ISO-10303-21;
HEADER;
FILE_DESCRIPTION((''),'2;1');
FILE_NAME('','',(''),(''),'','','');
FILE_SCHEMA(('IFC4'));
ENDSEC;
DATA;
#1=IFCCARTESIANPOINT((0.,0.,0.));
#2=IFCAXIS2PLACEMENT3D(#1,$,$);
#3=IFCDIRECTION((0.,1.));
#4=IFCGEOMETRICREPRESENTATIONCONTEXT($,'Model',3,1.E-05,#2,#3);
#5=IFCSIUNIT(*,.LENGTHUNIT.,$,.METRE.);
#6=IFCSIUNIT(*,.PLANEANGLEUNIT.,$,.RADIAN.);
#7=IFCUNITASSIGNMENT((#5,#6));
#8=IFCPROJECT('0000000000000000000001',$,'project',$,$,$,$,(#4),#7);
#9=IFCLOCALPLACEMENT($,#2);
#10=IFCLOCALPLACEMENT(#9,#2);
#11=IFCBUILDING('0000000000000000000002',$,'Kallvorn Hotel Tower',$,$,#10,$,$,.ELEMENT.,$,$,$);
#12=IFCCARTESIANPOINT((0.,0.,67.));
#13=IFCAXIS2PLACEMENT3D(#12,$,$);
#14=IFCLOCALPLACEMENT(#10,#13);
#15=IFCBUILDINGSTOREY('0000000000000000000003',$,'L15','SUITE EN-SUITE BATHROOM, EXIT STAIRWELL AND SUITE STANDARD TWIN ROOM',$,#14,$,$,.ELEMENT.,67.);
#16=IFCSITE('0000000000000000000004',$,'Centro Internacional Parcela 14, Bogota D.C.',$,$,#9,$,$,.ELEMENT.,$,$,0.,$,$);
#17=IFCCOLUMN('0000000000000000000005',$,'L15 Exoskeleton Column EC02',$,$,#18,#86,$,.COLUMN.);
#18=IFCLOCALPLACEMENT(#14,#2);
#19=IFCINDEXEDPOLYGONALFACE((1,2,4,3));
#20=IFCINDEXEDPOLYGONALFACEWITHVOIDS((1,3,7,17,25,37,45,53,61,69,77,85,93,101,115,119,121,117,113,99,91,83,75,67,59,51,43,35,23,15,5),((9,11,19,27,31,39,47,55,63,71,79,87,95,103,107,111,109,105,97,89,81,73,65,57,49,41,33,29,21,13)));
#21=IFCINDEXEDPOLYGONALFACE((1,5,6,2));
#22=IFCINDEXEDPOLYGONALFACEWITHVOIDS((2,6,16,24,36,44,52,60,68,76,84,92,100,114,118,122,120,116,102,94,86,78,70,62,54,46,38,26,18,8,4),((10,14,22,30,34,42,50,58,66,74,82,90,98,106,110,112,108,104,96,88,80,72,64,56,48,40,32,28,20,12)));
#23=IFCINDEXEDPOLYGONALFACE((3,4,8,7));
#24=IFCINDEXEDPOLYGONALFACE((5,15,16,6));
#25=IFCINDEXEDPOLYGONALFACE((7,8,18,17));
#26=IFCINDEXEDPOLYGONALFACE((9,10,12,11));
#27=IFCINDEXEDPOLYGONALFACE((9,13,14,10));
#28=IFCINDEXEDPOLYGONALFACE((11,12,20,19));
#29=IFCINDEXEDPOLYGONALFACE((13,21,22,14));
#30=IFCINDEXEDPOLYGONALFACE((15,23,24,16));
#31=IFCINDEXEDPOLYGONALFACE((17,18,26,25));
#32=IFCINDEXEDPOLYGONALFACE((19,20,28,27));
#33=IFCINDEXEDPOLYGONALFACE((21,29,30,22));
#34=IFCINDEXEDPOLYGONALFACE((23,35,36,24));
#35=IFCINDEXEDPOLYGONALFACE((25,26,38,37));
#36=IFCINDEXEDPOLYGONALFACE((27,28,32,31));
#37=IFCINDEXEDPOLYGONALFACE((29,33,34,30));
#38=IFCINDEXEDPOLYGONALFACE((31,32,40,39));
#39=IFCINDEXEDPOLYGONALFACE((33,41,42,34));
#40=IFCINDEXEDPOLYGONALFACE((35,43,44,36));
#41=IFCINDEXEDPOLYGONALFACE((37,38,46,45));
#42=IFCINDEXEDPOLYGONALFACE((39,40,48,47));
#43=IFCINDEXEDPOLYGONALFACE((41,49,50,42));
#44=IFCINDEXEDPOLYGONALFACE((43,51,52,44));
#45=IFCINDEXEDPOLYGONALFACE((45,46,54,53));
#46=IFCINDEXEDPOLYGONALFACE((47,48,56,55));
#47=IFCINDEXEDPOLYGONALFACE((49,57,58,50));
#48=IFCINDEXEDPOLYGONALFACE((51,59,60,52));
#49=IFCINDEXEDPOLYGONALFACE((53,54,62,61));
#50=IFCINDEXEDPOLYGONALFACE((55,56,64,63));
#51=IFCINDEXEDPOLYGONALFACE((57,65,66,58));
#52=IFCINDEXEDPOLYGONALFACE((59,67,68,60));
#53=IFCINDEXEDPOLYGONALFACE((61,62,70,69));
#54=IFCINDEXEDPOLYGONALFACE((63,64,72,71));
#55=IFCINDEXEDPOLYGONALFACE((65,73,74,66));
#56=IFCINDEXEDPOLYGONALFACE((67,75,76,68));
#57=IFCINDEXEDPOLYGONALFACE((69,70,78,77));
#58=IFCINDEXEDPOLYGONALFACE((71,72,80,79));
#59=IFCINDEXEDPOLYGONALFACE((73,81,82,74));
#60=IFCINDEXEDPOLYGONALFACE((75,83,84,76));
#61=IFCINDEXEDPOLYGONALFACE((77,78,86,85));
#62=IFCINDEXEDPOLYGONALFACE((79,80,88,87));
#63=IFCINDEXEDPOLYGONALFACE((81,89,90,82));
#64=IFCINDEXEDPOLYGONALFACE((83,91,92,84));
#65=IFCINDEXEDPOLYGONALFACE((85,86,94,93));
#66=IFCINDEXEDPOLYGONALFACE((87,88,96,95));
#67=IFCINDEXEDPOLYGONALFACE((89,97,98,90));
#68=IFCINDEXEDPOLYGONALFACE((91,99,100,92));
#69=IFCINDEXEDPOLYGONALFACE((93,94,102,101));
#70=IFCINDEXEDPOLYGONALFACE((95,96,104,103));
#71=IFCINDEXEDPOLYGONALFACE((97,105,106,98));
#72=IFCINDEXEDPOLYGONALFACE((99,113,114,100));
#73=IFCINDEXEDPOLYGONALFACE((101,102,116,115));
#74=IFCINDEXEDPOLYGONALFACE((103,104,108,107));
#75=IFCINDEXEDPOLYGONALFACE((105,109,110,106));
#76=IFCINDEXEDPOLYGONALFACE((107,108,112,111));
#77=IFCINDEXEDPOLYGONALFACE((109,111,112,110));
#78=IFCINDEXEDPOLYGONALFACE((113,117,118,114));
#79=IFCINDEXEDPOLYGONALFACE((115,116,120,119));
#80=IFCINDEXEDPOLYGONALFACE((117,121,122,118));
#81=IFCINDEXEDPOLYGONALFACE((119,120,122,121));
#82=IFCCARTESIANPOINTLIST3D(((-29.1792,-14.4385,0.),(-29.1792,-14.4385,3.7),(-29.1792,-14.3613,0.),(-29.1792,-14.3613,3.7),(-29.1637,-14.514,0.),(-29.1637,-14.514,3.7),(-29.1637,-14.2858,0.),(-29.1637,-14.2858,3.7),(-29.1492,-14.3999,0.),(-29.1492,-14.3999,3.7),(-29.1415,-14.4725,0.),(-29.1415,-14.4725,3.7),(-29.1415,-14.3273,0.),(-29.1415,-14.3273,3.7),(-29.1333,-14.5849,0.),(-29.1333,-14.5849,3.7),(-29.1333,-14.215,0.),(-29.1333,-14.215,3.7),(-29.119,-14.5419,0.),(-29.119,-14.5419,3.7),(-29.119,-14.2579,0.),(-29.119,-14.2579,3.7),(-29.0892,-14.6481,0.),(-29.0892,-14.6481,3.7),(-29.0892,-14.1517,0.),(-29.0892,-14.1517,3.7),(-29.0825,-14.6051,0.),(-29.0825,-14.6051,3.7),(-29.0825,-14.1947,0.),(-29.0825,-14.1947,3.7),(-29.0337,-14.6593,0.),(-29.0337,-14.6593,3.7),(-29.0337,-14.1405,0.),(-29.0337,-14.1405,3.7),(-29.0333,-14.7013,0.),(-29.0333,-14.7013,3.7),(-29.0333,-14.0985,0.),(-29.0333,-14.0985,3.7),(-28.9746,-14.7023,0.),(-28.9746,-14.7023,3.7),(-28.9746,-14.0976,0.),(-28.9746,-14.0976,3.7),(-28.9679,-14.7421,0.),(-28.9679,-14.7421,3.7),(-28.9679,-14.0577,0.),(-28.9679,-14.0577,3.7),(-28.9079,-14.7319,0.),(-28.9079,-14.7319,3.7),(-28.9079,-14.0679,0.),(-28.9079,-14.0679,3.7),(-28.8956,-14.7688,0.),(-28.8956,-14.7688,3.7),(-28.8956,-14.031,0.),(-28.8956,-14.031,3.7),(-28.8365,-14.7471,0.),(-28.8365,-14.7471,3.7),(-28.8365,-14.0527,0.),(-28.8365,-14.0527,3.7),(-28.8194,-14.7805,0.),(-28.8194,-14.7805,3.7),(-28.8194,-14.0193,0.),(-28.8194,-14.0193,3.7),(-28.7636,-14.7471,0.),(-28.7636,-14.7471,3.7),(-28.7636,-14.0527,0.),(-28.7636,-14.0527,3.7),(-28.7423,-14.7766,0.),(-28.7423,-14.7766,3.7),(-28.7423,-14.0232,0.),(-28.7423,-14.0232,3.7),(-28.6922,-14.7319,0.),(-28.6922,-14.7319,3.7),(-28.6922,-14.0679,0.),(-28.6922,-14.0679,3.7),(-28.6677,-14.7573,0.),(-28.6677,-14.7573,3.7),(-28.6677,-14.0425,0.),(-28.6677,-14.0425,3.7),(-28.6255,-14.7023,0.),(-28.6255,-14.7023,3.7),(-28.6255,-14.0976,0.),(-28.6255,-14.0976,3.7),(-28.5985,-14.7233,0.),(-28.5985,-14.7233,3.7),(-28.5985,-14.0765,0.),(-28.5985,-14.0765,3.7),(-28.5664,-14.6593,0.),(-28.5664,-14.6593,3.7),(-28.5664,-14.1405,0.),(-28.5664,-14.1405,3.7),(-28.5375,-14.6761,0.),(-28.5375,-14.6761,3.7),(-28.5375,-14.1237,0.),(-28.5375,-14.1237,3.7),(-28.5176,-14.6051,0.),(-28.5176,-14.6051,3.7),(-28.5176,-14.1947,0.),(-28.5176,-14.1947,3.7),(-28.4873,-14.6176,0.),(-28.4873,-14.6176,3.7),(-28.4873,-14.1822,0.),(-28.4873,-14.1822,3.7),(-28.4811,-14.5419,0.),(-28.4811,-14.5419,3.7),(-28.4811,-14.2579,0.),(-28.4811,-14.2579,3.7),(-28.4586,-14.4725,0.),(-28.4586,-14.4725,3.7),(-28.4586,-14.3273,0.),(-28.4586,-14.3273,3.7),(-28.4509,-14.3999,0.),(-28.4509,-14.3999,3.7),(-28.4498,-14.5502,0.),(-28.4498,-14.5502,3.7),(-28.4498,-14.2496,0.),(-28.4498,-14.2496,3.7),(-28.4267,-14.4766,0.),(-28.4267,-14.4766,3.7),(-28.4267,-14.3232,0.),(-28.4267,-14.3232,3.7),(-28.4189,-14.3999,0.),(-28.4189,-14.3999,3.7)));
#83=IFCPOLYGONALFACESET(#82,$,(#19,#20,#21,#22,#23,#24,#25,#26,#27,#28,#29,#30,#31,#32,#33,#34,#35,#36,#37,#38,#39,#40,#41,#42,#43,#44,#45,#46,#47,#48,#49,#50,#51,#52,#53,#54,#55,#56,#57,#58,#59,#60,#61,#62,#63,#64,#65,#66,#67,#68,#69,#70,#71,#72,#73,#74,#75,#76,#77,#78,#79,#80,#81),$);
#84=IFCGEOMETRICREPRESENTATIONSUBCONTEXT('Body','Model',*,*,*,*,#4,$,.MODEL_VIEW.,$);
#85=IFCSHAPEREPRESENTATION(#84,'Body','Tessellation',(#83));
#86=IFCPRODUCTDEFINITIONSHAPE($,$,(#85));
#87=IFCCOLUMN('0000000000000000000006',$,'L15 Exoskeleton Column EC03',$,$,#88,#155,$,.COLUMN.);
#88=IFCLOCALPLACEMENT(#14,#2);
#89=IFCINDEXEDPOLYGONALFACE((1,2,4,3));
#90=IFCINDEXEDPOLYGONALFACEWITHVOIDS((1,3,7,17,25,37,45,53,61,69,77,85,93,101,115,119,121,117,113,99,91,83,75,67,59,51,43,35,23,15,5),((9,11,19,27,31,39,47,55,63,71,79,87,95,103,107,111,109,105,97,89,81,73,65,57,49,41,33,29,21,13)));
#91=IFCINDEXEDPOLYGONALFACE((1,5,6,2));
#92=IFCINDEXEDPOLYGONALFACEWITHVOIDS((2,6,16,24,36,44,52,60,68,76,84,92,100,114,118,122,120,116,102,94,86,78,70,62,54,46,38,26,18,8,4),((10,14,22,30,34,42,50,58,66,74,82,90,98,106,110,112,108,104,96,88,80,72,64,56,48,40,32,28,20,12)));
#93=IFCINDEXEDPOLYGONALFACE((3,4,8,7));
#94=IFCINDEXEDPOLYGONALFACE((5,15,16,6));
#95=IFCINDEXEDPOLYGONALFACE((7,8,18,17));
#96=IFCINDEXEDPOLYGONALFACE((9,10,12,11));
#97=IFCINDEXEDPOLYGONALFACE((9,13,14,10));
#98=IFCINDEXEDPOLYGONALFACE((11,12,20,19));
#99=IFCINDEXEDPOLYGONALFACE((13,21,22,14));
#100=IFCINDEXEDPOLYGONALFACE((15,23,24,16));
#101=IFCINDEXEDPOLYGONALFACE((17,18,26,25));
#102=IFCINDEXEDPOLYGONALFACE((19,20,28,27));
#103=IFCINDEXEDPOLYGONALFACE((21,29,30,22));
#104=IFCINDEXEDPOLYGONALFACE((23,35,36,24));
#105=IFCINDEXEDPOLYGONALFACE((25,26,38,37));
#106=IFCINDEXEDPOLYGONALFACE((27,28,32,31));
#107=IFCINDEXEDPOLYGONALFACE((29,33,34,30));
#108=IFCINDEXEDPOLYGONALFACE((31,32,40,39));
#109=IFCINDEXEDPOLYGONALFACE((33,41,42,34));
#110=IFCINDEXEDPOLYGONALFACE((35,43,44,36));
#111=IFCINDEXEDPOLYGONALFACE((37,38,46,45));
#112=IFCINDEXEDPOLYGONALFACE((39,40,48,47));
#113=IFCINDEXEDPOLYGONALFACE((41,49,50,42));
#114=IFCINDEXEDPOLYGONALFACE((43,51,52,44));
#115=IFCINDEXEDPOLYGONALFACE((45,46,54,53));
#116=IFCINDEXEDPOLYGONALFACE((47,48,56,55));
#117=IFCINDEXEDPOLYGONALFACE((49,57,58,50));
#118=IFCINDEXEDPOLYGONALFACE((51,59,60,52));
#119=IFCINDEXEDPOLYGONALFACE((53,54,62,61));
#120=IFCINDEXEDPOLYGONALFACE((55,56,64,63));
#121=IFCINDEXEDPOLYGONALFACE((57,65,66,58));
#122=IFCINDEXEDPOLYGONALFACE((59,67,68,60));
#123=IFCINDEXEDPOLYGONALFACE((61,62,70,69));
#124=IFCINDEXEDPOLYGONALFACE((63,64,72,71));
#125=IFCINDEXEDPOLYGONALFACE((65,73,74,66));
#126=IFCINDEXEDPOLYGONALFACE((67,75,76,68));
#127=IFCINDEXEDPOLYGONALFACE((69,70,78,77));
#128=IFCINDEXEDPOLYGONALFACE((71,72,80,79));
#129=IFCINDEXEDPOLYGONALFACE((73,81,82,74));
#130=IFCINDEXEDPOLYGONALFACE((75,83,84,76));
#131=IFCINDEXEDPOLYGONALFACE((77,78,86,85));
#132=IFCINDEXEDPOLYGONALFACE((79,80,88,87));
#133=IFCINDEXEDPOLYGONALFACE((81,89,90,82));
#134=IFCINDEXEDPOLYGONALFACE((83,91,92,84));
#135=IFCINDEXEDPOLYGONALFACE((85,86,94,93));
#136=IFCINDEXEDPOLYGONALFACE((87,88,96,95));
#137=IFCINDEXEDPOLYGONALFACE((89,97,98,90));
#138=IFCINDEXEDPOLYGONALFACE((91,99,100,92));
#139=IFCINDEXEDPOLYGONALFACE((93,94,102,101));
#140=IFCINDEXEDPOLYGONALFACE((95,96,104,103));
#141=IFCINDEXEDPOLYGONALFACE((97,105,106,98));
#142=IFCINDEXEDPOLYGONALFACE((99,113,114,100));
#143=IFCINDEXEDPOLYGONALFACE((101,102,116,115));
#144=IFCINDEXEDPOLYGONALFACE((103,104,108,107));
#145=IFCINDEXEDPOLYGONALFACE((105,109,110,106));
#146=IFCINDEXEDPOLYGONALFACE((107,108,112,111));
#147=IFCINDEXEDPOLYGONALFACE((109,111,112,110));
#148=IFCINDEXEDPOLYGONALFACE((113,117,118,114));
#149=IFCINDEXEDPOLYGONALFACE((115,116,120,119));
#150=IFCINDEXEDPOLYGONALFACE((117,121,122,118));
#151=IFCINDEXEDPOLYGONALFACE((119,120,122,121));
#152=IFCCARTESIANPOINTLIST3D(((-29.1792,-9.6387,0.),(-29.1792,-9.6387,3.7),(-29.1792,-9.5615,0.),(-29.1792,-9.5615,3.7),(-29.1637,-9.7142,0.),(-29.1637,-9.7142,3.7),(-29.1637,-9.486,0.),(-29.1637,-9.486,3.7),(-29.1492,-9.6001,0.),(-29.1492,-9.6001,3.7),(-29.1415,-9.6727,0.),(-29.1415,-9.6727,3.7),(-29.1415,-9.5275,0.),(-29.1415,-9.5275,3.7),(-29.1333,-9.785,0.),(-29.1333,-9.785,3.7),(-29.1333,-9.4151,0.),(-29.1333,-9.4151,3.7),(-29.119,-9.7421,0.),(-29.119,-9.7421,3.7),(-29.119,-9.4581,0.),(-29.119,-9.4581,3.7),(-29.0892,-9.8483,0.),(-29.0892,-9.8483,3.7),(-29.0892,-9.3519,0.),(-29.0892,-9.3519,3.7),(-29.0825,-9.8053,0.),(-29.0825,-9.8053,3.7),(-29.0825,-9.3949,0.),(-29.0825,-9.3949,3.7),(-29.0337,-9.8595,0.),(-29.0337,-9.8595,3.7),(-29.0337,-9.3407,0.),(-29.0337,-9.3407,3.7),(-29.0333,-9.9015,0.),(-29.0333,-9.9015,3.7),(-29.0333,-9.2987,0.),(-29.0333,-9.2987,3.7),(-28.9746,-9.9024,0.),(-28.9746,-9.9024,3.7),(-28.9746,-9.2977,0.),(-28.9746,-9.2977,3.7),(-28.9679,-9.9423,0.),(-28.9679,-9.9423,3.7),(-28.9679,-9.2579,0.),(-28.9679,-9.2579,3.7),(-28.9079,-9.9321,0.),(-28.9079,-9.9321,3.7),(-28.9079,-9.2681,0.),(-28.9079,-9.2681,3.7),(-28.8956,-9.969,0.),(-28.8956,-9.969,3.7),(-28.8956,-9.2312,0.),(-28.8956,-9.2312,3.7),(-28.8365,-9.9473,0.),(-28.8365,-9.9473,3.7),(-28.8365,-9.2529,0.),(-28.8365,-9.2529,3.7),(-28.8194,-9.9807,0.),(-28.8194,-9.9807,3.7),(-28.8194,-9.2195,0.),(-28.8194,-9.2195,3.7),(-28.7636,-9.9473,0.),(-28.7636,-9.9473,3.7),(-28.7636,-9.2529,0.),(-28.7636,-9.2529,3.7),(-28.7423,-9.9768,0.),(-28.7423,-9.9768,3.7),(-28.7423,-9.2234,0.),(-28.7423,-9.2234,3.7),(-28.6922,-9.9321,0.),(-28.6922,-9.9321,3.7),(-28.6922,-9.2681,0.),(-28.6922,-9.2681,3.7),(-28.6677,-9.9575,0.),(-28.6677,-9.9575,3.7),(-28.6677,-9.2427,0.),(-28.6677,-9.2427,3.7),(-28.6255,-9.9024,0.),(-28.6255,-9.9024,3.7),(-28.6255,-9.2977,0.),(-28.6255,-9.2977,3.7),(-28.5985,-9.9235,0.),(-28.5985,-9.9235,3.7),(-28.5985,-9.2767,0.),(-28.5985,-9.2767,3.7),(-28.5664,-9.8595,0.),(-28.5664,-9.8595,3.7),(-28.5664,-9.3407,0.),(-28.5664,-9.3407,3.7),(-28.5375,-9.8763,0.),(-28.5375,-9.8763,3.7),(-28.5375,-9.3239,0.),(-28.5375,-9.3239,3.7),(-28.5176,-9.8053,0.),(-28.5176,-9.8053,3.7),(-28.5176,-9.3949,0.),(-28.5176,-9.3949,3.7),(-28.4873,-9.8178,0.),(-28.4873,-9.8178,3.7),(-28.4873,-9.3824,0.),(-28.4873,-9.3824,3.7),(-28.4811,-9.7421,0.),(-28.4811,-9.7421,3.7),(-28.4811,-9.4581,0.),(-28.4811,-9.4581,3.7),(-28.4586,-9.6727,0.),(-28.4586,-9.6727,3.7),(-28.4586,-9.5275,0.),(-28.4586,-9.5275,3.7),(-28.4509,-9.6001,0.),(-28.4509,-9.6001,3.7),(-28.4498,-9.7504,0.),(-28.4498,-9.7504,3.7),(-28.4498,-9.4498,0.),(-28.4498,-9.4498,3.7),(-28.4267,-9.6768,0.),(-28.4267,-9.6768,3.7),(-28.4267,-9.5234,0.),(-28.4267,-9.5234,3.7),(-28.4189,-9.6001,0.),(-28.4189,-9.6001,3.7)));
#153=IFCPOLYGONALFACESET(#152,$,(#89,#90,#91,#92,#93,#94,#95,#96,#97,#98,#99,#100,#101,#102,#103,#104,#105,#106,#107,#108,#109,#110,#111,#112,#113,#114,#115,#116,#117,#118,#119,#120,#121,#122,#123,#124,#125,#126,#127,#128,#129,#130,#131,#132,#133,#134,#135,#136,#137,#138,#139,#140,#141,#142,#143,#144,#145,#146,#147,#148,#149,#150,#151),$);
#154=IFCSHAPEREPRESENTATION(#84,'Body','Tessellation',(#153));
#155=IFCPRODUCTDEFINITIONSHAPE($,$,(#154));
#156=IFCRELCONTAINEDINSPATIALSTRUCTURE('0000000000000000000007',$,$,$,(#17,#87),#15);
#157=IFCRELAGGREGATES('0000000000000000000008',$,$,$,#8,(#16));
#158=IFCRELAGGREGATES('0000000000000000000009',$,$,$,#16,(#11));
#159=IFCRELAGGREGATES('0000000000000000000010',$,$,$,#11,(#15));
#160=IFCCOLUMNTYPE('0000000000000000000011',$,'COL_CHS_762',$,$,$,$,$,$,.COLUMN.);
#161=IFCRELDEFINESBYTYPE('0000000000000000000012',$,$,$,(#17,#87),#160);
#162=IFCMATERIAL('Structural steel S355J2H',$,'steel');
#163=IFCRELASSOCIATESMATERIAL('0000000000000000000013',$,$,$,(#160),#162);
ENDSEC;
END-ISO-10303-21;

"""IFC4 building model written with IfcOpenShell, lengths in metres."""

from ifc_helpers import new_model, si_unit, direction, frame, origin, origin_2d, place, context, subcontext, project, spatial, hollow_circle, extrude, material, material_profile, profile_set, type_object, element, save


model = new_model("IFC4")

# Units and contexts
model_context = context("Model", 3, precision=1e-05, world=origin(), true_north=direction((0.0, 1.0)))
body_context = subcontext(model_context, "Body", "Model", "MODEL_VIEW")
ifc_project = project(units=[si_unit("LENGTHUNIT", "METRE"), si_unit("PLANEANGLEUNIT", "RADIAN")], contexts=[model_context])

# Site, building, storey
site_placement = place(None, origin())
site = spatial("IfcSite", under=ifc_project, at=site_placement, Name="Centro Internacional Parcela 14, Bogota D.C.", CompositionType="ELEMENT", RefElevation=0.0)
building_placement = place(site_placement, origin())
building = spatial("IfcBuilding", under=site, at=building_placement, Name="Kallvorn Hotel Tower", CompositionType="ELEMENT")
storey_placement = place(building_placement, frame((0.0, 0.0, 67.0)))
storey = spatial("IfcBuildingStorey", under=building, at=storey_placement, Name="L15", Description="SUITE EN-SUITE BATHROOM, EXIT STAIRWELL AND SUITE STANDARD TWIN ROOM", CompositionType="ELEMENT", Elevation=67.0)

# Columns
ifc_material_1 = material(Name="Structural steel S355J2H", Category="steel")
ifc_material_profile_1 = material_profile(ifc_material_1, hollow_circle(Radius=0.3811, WallThickness=0.032, at=origin_2d()), Name="CHS 762x32")
ifc_profile_set_1 = profile_set([ifc_material_profile_1], Name="Structural steel S355J2H")
column_type_1 = type_object("IfcColumnType", Name="COL_CHS_762", PredefinedType="COLUMN", material=ifc_profile_set_1)
for number, where, z_axis, x_axis, name in (
    (1, (-28.8, -14.3999, 0.0), (0.0, 0.0, 1.0), (1.0, 0.0, 0.0), "L15 Exoskeleton Column EC02"),
    (2, (-28.8, -9.6001, 0.0), (0.0, 0.0, 1.0), (1.0, 0.0, 0.0), "L15 Exoskeleton Column EC03"),
):
    element("IfcColumn", number, at=place(storey_placement, frame(where, z_axis=z_axis, x_axis=x_axis)), inside=storey, type_object=column_type_1, Name=name, PredefinedType="COLUMN", context=body_context, shape_type="SweptSolid", body=[
        extrude(hollow_circle(Radius=0.3811, WallThickness=0.032, at=origin_2d()), origin(), (0.0, 0.0, 1.0), 3.7),
    ])

save(model, "model.ifc")
